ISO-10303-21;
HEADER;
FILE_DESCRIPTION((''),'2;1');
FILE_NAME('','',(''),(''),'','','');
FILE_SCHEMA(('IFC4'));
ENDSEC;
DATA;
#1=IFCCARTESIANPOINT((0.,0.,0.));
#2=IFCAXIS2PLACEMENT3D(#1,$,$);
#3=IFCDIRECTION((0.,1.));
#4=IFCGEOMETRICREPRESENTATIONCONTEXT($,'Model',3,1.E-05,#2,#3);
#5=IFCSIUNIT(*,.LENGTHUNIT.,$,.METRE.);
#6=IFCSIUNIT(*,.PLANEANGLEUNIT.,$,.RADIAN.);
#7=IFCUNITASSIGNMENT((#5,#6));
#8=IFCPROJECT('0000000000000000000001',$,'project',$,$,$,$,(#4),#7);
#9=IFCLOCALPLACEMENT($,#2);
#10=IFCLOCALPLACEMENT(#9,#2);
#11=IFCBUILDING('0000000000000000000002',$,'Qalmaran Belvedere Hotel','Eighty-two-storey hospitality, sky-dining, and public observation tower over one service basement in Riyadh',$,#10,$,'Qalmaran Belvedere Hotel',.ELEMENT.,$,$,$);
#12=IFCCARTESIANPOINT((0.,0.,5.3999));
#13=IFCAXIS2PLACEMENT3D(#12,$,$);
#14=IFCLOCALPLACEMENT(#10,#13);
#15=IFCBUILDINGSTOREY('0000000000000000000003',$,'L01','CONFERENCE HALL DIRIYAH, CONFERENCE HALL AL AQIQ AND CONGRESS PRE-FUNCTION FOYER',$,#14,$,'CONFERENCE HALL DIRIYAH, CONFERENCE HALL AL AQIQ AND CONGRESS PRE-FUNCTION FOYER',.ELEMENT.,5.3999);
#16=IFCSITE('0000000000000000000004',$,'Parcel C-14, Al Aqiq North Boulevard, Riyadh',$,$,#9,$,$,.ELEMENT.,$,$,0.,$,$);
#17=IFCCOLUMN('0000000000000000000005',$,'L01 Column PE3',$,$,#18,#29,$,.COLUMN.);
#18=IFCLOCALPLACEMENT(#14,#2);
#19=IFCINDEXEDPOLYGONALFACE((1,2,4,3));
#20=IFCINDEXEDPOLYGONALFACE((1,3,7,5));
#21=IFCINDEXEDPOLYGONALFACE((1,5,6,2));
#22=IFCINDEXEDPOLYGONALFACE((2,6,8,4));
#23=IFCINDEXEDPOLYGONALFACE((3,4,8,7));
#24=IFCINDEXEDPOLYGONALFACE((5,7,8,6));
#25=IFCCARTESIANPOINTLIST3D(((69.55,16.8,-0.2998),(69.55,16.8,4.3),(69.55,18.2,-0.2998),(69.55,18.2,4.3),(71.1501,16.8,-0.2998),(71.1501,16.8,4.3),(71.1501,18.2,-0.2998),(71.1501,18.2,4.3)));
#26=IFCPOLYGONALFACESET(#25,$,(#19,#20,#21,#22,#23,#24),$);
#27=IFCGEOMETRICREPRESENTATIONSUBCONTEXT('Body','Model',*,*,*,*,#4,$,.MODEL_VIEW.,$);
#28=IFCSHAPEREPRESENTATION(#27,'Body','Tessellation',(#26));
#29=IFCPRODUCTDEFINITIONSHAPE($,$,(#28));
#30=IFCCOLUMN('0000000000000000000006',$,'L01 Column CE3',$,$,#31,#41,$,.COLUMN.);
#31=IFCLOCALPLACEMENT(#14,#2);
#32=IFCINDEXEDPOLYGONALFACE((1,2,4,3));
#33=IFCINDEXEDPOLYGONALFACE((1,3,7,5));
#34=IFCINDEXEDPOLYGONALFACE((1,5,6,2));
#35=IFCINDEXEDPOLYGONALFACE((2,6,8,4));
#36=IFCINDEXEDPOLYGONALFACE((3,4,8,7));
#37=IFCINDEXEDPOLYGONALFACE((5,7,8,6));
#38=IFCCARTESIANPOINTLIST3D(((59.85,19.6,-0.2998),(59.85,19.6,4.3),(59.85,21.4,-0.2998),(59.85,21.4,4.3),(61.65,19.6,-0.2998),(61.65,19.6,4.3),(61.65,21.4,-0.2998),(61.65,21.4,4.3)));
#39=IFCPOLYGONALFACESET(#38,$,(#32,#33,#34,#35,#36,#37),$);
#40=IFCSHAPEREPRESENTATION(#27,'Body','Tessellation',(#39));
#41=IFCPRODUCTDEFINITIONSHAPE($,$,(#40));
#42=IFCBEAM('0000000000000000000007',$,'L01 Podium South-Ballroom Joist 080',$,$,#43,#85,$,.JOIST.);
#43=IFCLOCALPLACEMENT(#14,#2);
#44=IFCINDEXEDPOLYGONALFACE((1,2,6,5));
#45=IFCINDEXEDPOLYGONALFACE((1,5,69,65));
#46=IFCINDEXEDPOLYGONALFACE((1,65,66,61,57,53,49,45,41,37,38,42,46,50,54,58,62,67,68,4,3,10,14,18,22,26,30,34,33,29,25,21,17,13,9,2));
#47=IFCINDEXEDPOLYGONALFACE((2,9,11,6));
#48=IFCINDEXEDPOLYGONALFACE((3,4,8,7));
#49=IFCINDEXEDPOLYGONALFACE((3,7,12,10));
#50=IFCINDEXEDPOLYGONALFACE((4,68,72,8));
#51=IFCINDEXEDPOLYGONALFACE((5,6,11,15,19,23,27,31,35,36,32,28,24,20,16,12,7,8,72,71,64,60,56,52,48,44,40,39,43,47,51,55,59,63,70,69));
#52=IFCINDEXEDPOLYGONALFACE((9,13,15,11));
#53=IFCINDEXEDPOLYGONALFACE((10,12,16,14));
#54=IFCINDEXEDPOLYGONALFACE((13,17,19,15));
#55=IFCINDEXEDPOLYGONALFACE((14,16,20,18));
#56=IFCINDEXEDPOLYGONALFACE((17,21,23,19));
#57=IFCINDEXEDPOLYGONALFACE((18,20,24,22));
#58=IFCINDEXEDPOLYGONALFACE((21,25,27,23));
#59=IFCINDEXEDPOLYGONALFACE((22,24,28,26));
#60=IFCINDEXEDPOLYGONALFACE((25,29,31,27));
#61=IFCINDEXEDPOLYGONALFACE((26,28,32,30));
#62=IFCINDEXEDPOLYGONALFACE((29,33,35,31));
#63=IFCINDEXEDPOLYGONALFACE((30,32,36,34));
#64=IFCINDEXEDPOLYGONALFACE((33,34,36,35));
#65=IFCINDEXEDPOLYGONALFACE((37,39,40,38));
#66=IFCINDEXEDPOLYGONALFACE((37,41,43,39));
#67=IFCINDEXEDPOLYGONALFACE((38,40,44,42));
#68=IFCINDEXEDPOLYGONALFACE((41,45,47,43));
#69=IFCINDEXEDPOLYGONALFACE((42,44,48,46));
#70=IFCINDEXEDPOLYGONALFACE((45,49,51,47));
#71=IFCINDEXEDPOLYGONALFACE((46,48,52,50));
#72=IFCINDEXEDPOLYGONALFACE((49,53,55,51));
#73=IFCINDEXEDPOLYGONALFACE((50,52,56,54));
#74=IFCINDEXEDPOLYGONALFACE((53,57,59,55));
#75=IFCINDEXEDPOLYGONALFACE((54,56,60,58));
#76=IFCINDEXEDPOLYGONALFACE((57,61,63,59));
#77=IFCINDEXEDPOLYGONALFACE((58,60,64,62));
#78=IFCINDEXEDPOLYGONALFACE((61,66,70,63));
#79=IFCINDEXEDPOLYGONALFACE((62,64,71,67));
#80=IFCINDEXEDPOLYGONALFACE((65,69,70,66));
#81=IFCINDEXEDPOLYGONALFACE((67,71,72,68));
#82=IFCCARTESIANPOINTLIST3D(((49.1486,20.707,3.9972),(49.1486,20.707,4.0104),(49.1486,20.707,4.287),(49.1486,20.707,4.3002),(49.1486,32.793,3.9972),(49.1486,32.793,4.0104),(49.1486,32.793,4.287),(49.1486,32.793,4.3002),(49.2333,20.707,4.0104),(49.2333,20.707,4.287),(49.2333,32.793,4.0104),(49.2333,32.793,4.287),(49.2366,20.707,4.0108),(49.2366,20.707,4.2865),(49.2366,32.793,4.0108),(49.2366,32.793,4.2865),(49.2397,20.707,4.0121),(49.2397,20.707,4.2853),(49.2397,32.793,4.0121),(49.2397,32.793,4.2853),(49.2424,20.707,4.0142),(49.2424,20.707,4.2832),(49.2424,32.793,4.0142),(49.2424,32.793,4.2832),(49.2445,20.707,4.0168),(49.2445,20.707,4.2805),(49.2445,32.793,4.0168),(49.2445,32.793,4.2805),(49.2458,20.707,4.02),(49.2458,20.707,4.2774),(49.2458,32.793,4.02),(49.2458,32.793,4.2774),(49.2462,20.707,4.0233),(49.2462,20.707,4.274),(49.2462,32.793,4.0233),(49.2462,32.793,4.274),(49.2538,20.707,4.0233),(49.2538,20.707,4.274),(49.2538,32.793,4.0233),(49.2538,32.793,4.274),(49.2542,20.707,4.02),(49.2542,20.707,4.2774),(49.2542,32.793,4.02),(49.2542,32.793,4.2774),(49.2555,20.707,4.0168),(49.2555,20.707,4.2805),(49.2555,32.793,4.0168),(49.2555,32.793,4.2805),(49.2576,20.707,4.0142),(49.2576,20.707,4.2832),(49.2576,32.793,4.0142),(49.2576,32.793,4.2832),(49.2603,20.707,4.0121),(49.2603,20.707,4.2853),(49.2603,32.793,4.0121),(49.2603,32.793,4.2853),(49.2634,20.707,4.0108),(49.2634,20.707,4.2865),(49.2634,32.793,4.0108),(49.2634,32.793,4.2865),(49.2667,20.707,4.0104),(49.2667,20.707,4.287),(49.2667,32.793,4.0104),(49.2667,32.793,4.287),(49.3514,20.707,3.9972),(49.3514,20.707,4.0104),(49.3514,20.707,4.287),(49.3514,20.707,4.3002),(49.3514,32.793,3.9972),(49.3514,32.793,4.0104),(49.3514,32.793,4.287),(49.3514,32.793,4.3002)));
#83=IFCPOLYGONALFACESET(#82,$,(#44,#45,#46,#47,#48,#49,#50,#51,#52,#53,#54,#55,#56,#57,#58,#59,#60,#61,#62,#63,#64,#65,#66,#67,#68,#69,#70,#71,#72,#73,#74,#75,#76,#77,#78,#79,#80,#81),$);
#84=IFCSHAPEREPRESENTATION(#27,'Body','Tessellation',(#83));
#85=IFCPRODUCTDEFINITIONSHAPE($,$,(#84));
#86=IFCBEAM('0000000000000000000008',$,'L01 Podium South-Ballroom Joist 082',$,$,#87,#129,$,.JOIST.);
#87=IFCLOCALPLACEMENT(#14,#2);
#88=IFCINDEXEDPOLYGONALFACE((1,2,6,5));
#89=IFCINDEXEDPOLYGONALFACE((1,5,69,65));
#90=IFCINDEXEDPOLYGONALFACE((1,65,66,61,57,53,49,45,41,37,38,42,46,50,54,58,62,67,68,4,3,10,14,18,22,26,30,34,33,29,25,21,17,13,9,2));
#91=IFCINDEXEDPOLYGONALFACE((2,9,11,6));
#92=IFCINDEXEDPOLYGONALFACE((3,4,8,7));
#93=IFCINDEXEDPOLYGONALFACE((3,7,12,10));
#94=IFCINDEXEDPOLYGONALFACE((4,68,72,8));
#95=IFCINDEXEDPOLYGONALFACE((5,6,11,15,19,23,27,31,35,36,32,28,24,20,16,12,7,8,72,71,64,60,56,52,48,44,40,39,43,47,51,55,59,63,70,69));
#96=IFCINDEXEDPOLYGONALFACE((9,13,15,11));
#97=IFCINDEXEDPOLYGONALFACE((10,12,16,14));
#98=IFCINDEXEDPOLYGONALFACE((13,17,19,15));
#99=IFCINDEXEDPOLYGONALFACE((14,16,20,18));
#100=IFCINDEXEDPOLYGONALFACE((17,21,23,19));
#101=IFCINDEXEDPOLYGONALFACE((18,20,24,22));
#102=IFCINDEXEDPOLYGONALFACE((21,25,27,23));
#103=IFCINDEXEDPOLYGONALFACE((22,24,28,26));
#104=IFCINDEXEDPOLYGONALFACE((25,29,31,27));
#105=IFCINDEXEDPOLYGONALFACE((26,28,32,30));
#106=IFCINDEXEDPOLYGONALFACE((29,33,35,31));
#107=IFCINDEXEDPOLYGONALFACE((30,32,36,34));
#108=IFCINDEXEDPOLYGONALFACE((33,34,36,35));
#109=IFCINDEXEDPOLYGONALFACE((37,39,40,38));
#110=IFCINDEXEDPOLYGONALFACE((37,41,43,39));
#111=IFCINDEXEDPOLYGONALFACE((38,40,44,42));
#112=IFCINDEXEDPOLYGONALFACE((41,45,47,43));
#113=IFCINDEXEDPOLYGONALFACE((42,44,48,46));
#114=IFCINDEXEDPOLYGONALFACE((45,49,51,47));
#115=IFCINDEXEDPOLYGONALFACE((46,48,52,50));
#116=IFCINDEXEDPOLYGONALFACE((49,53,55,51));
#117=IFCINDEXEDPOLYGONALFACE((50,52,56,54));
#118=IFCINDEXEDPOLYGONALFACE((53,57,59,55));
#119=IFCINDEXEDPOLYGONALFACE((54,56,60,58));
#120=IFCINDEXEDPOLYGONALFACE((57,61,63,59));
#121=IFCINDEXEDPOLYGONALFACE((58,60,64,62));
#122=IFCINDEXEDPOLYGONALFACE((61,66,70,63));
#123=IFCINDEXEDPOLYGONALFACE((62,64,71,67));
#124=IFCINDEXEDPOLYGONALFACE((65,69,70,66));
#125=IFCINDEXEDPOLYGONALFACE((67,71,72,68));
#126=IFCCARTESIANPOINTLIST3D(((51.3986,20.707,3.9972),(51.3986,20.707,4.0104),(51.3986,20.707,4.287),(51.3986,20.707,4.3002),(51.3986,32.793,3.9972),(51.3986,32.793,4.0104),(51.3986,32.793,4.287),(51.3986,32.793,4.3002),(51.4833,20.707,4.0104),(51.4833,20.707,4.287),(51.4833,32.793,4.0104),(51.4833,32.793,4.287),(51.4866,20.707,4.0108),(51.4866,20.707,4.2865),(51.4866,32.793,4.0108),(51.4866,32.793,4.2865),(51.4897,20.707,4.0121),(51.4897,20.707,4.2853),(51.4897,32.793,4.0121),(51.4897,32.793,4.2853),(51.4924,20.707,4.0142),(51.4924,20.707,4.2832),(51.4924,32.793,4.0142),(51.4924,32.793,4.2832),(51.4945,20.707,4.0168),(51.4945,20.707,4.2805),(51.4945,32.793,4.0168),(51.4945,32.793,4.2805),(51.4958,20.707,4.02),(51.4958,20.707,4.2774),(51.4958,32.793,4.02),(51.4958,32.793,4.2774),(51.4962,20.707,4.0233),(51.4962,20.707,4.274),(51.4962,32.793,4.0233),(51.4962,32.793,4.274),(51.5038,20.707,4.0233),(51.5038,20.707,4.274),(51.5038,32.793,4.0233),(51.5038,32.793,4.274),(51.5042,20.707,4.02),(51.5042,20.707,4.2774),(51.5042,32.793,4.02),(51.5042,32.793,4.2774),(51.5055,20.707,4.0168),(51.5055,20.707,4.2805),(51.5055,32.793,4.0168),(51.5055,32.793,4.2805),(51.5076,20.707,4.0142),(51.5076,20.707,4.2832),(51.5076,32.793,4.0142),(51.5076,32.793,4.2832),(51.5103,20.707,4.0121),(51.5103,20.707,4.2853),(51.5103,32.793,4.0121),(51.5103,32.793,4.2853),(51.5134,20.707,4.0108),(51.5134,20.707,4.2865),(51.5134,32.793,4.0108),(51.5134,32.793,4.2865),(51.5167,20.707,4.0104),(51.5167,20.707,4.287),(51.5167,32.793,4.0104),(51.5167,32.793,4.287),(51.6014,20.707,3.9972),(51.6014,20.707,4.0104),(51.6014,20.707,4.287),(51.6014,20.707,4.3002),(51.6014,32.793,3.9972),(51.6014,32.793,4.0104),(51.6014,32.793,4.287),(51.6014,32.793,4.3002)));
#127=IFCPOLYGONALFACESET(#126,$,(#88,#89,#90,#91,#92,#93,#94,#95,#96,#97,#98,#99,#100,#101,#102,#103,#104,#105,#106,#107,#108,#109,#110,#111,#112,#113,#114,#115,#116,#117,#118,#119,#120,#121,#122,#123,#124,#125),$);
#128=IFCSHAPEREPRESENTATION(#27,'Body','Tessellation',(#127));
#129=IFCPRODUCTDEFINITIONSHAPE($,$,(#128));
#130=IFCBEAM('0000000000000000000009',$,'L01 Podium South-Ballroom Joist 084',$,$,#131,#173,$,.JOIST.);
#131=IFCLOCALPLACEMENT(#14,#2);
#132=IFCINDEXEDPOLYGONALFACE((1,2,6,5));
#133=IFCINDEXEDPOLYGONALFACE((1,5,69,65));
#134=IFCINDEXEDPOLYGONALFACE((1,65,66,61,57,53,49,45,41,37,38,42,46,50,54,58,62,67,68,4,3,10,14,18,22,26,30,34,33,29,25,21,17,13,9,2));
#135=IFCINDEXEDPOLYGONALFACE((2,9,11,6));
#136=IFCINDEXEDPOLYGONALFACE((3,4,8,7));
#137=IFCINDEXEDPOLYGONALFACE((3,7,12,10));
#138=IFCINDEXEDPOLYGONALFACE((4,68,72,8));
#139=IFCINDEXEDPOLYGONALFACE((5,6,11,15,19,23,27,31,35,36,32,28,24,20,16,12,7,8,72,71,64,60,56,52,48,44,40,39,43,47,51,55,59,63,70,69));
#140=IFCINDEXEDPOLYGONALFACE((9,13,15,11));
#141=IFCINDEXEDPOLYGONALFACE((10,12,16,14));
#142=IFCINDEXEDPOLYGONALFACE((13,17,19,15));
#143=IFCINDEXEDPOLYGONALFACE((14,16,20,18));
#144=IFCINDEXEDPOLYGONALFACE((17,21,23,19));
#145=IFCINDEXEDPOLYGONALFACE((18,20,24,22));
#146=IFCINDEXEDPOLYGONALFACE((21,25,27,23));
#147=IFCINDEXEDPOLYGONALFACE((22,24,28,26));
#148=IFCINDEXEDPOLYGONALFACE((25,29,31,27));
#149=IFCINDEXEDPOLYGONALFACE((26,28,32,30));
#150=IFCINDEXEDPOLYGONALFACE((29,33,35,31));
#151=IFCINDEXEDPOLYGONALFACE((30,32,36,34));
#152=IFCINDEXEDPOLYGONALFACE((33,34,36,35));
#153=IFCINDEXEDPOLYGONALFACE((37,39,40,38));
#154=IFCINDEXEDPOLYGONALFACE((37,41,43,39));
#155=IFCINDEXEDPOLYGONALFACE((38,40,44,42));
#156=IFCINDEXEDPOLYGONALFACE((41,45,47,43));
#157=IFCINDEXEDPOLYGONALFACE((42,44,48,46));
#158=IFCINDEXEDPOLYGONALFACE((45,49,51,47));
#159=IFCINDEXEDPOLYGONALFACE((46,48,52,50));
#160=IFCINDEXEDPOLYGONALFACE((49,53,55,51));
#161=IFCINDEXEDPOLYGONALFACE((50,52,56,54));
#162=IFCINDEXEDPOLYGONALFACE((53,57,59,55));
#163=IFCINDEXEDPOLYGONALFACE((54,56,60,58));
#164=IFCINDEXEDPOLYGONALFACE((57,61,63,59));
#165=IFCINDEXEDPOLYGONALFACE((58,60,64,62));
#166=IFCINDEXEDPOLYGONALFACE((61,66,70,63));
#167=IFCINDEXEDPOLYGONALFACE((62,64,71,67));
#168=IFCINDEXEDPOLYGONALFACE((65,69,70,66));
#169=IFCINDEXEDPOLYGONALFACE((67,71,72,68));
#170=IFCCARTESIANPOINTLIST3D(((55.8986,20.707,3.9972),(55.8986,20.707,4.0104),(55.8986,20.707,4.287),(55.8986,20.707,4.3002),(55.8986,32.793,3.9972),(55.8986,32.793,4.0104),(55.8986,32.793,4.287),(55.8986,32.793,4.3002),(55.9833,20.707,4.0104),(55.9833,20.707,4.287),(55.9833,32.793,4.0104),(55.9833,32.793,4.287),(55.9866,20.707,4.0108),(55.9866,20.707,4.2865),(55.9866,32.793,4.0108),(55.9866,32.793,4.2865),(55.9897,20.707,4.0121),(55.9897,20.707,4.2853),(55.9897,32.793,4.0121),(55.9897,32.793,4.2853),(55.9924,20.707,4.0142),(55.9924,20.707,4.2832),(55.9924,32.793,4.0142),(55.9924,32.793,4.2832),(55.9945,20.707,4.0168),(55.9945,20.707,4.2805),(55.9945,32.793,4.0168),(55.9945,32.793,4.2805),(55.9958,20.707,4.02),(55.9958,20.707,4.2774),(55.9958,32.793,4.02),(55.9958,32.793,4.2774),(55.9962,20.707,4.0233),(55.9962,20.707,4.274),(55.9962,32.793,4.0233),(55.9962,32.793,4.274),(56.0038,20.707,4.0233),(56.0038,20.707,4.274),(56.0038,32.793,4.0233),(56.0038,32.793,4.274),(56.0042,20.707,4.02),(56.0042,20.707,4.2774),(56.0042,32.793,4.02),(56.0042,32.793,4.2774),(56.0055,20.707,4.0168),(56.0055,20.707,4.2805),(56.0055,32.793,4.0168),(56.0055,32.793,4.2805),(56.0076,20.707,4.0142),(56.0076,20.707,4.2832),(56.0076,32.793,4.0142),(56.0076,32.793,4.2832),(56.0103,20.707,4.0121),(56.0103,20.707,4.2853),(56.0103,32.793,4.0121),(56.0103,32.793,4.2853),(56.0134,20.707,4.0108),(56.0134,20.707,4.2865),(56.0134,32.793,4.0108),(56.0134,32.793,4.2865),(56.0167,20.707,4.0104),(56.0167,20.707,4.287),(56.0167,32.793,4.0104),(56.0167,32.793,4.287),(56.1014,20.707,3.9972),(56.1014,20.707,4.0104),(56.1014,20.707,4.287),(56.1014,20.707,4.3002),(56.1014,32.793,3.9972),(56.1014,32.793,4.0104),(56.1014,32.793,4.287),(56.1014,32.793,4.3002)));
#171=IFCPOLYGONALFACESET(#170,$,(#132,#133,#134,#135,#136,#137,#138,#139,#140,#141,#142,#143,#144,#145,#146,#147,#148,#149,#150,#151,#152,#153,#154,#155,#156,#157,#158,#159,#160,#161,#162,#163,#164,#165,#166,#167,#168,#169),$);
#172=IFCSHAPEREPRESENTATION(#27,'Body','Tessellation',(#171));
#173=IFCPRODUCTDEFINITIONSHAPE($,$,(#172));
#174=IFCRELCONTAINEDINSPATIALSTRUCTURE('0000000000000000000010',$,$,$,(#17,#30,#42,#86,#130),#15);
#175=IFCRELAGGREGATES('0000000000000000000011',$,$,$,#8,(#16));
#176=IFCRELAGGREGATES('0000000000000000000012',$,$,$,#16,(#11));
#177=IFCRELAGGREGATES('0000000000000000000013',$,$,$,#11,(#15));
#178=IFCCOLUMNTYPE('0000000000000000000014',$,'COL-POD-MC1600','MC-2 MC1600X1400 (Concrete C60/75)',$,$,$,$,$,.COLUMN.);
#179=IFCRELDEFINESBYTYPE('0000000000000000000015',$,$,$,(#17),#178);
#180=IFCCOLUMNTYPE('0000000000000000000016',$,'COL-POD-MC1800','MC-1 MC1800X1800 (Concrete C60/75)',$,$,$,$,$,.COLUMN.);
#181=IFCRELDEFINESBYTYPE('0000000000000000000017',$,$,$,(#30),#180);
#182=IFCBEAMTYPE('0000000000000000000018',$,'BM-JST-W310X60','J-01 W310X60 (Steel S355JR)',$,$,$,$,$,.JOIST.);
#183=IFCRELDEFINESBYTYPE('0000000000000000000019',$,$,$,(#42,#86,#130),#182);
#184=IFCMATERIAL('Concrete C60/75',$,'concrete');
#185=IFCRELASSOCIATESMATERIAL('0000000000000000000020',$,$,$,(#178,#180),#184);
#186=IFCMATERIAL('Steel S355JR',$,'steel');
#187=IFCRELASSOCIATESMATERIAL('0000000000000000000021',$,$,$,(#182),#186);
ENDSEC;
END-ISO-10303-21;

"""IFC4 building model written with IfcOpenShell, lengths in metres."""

from ifc_helpers import new_model, si_unit, direction, frame, origin, origin_2d, place, context, subcontext, project, spatial, rectangle, i_section, extrude, material, material_profile, profile_set, type_object, element, save


model = new_model("IFC4")

# Units and contexts
model_context = context("Model", 3, precision=1e-05, world=origin(), true_north=direction((0.0, 1.0)))
body_context = subcontext(model_context, "Body", "Model", "MODEL_VIEW")
ifc_project = project(units=[si_unit("LENGTHUNIT", "METRE"), si_unit("PLANEANGLEUNIT", "RADIAN")], contexts=[model_context])

# Site, building, storey
site_placement = place(None, origin())
site = spatial("IfcSite", under=ifc_project, at=site_placement, Name="Parcel C-14, Al Aqiq North Boulevard, Riyadh", CompositionType="ELEMENT", RefElevation=0.0)
building_placement = place(site_placement, origin())
building = spatial("IfcBuilding", under=site, at=building_placement, Name="Qalmaran Belvedere Hotel", Description="Eighty-two-storey hospitality, sky-dining, and public observation tower over one service basement in Riyadh", LongName="Qalmaran Belvedere Hotel", CompositionType="ELEMENT")
storey_placement = place(building_placement, frame((0.0, 0.0, 5.3999)))
storey = spatial("IfcBuildingStorey", under=building, at=storey_placement, Name="L01", Description="CONFERENCE HALL DIRIYAH, CONFERENCE HALL AL AQIQ AND CONGRESS PRE-FUNCTION FOYER", LongName="CONFERENCE HALL DIRIYAH, CONFERENCE HALL AL AQIQ AND CONGRESS PRE-FUNCTION FOYER", CompositionType="ELEMENT", Elevation=5.3999)

# Columns
ifc_material_1 = material(Name="Concrete C60/75", Category="concrete")
ifc_material_profile_1 = material_profile(ifc_material_1, rectangle(XDim=1.6001, YDim=1.3999, at=origin_2d()), Name="MC1600X1400")
ifc_profile_set_1 = profile_set([ifc_material_profile_1], Name="Concrete C60/75")
column_type_1 = type_object("IfcColumnType", Name="COL-POD-MC1600", Description="MC-2 MC1600X1400 (Concrete C60/75)", PredefinedType="COLUMN", material=ifc_profile_set_1)
column_1_placement = place(storey_placement, frame((70.3501, 17.5, -0.2998), z_axis=(0.0, 0.0, 1.0), x_axis=(1.0, 0.0, 0.0)))
element("IfcColumn", 1, at=column_1_placement, inside=storey, type_object=column_type_1, Name="L01 Column PE3", PredefinedType="COLUMN", context=body_context, shape_type="SweptSolid", body=[
    extrude(rectangle(XDim=1.6001, YDim=1.3999, at=origin_2d()), origin(), (0.0, 0.0, 1.0), 4.5999),
])
ifc_material_profile_2 = material_profile(ifc_material_1, rectangle(XDim=1.8, YDim=1.8, at=origin_2d()), Name="MC1800X1800")
ifc_profile_set_2 = profile_set([ifc_material_profile_2], Name="Concrete C60/75")
column_type_2 = type_object("IfcColumnType", Name="COL-POD-MC1800", Description="MC-1 MC1800X1800 (Concrete C60/75)", PredefinedType="COLUMN", material=ifc_profile_set_2)
column_2_placement = place(storey_placement, frame((60.75, 20.5, -0.2998), z_axis=(0.0, 0.0, 1.0), x_axis=(1.0, 0.0, 0.0)))
element("IfcColumn", 2, at=column_2_placement, inside=storey, type_object=column_type_2, Name="L01 Column CE3", PredefinedType="COLUMN", context=body_context, shape_type="SweptSolid", body=[
    extrude(rectangle(XDim=1.8, YDim=1.8, at=origin_2d()), origin(), (0.0, 0.0, 1.0), 4.5999),
])

# Beams
ifc_material_2 = material(Name="Steel S355JR", Category="steel")
ifc_material_profile_3 = material_profile(ifc_material_2, i_section(OverallWidth=0.2029, OverallDepth=0.303, WebThickness=0.0076, FlangeThickness=0.0132, FilletRadius=0.0129, at=origin_2d()), Name="W310X60")
ifc_profile_set_3 = profile_set([ifc_material_profile_3], Name="Steel S355JR")
beam_type_1 = type_object("IfcBeamType", Name="BM-JST-W310X60", Description="J-01 W310X60 (Steel S355JR)", PredefinedType="JOIST", material=ifc_profile_set_3)
for number, where, z_axis, x_axis, name in (
    (3, (49.25, 20.707, 4.1487), (0.0, 1.0, 0.0), (-1.0, 0.0, 0.0), "L01 Podium South-Ballroom Joist 080"),
    (4, (51.5, 20.707, 4.1487), (0.0, 1.0, 0.0), (-1.0, 0.0, 0.0), "L01 Podium South-Ballroom Joist 082"),
    (5, (56.0, 20.707, 4.1487), (0.0, 1.0, 0.0), (-1.0, 0.0, 0.0), "L01 Podium South-Ballroom Joist 084"),
):
    element("IfcBeam", number, at=place(storey_placement, frame(where, z_axis=z_axis, x_axis=x_axis)), inside=storey, type_object=beam_type_1, Name=name, PredefinedType="JOIST", context=body_context, shape_type="SweptSolid", body=[
        extrude(i_section(OverallWidth=0.2029, OverallDepth=0.303, WebThickness=0.0076, FlangeThickness=0.0132, FilletRadius=0.0129, at=origin_2d()), origin(), (0.0, 0.0, 1.0), 12.0859),
    ])

save(model, "model.ifc")
